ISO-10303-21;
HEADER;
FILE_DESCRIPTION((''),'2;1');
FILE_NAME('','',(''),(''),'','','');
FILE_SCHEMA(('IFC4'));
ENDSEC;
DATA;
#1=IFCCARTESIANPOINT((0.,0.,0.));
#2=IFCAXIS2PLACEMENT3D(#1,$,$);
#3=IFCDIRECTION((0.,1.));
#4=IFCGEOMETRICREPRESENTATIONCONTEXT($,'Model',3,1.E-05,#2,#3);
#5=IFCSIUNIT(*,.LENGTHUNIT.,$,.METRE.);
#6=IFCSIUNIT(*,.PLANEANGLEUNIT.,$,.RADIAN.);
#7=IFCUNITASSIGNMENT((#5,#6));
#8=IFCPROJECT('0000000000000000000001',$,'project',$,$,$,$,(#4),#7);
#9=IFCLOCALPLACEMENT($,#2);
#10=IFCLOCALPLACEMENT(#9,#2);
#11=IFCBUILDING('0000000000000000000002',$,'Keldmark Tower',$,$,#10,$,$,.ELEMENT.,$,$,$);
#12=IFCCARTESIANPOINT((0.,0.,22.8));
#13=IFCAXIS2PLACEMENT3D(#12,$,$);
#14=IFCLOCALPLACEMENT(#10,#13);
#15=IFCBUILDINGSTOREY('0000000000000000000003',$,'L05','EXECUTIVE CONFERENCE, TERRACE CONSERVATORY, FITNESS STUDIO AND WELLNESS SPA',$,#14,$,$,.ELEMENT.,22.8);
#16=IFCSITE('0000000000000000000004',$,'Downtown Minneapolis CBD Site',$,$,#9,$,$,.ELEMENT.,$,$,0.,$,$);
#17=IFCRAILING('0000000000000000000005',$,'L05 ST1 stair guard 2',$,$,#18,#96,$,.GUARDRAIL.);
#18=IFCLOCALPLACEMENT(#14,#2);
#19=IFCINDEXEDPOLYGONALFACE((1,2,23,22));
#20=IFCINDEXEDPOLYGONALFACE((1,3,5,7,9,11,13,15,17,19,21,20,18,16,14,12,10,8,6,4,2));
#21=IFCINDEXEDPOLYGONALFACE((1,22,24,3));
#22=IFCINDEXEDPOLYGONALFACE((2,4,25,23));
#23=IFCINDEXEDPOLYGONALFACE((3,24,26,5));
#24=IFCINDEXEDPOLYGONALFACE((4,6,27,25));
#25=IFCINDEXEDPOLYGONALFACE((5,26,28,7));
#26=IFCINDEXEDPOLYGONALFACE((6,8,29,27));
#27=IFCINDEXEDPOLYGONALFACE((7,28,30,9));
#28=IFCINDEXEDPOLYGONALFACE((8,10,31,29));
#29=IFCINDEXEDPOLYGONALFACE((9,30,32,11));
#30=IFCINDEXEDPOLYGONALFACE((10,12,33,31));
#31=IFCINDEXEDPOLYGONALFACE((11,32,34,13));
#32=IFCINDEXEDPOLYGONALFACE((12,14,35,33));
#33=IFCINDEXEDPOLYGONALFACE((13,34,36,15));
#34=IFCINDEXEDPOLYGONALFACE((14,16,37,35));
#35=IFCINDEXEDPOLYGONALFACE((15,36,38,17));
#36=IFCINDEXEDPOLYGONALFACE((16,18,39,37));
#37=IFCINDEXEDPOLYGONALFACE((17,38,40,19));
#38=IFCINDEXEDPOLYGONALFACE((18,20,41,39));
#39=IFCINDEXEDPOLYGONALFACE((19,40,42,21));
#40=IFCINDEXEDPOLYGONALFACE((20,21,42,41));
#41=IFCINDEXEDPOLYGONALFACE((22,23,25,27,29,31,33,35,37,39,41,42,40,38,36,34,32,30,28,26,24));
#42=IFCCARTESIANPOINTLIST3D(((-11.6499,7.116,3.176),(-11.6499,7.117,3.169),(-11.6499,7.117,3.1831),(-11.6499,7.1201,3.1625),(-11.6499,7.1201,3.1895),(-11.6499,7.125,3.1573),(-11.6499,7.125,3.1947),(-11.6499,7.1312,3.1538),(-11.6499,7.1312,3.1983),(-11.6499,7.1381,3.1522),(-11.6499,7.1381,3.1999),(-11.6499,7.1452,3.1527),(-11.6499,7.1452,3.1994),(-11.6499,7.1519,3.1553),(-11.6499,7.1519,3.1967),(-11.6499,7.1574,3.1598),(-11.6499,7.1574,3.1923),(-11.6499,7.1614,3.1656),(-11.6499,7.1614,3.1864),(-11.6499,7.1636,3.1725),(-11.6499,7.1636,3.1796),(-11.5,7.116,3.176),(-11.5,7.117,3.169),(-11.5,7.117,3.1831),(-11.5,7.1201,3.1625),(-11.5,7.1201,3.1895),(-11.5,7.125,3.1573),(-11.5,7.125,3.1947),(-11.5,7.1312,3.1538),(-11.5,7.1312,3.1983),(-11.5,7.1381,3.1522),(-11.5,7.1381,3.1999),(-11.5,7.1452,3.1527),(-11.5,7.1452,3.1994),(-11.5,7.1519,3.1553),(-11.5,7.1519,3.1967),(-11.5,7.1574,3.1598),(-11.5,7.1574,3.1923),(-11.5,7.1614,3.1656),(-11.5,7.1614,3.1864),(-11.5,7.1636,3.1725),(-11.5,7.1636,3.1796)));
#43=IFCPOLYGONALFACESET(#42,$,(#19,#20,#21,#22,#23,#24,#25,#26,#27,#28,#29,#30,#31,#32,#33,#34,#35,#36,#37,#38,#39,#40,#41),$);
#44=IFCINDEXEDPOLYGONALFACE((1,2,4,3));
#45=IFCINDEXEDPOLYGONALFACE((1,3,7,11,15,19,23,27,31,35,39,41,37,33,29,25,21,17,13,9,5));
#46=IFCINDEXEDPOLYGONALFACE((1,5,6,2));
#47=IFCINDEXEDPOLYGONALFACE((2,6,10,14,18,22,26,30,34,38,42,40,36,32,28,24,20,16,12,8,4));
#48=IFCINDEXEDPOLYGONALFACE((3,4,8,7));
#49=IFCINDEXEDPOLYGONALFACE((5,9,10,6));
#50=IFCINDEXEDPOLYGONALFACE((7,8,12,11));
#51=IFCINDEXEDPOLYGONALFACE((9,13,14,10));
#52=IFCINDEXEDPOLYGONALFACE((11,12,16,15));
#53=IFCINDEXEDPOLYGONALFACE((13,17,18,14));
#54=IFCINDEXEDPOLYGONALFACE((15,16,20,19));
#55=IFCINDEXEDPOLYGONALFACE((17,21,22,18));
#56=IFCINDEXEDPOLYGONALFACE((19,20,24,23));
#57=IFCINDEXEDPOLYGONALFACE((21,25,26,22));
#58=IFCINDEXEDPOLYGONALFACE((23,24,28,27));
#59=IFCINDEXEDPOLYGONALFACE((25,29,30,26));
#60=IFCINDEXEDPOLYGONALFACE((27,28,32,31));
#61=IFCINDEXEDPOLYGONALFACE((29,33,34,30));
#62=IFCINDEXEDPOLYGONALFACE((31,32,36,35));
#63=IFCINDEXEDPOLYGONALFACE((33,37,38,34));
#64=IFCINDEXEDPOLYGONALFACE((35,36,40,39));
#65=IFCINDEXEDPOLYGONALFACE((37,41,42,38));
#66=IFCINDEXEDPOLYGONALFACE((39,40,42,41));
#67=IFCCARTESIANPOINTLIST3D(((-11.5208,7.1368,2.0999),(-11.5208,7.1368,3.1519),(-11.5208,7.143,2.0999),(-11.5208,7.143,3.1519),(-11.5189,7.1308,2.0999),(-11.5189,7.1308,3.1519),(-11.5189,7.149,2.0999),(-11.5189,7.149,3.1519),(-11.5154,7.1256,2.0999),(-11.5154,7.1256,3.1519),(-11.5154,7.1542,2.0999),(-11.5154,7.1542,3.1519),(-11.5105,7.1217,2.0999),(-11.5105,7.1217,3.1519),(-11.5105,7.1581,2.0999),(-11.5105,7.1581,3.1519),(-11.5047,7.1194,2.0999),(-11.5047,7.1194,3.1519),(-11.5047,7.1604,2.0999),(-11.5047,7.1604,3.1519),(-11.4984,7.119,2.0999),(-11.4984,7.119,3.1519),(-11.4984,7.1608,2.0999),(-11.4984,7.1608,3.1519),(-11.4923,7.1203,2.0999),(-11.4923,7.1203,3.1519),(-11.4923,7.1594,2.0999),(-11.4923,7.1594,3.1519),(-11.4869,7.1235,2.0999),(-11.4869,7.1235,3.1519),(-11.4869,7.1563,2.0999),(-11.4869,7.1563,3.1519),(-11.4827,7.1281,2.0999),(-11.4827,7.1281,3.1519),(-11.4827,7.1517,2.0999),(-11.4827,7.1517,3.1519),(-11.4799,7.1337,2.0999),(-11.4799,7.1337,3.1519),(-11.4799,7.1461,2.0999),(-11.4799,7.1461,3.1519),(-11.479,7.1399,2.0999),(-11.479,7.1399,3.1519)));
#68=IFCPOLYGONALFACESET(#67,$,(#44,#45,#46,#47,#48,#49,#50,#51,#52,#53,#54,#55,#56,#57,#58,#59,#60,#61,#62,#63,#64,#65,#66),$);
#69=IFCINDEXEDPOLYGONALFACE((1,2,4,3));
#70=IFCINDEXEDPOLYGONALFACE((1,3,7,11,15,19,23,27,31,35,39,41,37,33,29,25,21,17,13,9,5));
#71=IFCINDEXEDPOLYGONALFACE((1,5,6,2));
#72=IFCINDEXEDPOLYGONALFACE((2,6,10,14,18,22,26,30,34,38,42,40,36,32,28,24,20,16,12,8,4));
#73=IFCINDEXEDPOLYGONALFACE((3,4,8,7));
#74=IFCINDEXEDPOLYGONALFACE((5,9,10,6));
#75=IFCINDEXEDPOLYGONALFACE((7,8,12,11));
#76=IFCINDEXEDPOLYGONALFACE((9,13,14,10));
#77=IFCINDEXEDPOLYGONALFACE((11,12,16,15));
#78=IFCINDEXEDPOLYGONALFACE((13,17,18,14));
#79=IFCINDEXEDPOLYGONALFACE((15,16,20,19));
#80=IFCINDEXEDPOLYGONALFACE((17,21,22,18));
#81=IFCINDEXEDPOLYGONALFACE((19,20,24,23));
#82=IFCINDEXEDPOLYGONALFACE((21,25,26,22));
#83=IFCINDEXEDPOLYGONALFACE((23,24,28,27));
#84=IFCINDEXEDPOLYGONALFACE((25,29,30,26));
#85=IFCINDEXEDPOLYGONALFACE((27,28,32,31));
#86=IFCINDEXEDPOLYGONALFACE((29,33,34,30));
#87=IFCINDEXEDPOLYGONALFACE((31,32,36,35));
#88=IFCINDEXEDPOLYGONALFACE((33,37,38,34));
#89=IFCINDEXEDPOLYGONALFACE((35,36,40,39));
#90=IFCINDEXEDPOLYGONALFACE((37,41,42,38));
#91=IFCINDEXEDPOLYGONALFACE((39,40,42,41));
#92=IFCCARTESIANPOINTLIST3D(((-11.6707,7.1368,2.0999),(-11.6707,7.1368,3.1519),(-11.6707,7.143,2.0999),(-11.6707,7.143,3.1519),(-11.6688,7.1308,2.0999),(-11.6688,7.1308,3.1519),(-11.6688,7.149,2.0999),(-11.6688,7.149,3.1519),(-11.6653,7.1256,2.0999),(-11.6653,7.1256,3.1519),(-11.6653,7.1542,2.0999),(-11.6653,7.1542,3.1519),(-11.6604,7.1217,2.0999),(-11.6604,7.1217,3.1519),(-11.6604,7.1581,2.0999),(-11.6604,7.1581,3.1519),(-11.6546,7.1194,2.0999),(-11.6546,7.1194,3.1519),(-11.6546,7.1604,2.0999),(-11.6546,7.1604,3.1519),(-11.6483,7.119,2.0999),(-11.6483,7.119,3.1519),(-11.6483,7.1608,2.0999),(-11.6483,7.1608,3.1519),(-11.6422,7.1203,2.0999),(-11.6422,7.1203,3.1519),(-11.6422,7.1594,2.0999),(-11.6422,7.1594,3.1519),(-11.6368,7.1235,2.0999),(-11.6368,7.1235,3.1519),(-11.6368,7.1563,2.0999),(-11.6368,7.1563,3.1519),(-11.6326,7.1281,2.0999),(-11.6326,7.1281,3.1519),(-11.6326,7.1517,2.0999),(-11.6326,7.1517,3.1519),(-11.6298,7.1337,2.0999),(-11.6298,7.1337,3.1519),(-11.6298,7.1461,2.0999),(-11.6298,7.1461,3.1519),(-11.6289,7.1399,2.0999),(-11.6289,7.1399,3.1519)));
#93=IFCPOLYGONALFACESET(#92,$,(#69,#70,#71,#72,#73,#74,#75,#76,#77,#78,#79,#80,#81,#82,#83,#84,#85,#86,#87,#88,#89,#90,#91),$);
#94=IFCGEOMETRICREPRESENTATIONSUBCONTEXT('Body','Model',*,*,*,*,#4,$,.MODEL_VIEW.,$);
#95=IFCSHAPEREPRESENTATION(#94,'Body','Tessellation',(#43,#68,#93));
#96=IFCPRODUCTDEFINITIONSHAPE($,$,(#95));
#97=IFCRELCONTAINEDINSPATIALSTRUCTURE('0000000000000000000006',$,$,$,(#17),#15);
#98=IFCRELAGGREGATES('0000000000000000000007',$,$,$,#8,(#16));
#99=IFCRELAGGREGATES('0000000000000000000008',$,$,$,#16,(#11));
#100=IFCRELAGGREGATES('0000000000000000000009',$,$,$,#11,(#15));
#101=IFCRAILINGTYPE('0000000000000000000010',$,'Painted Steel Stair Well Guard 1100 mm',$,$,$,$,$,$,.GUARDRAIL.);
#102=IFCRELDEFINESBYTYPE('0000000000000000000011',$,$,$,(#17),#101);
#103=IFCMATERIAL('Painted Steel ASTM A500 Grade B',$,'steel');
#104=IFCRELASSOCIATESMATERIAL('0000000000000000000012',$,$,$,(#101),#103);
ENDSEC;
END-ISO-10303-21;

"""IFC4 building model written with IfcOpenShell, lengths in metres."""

from ifc_helpers import new_model, si_unit, direction, frame, origin, origin_2d, place, context, subcontext, project, spatial, circle, extrude, material, type_object, element, save


model = new_model("IFC4")

# Units and contexts
model_context = context("Model", 3, precision=1e-05, world=origin(), true_north=direction((0.0, 1.0)))
body_context = subcontext(model_context, "Body", "Model", "MODEL_VIEW")
ifc_project = project(units=[si_unit("LENGTHUNIT", "METRE"), si_unit("PLANEANGLEUNIT", "RADIAN")], contexts=[model_context])

# Site, building, storey
site_placement = place(None, origin())
site = spatial("IfcSite", under=ifc_project, at=site_placement, Name="Downtown Minneapolis CBD Site", CompositionType="ELEMENT", RefElevation=0.0)
building_placement = place(site_placement, origin())
building = spatial("IfcBuilding", under=site, at=building_placement, Name="Keldmark Tower", CompositionType="ELEMENT")
storey_placement = place(building_placement, frame((0.0, 0.0, 22.8)))
storey = spatial("IfcBuildingStorey", under=building, at=storey_placement, Name="L05", Description="EXECUTIVE CONFERENCE, TERRACE CONSERVATORY, FITNESS STUDIO AND WELLNESS SPA", CompositionType="ELEMENT", Elevation=22.8)

# Railing
ifc_material_1 = material(Name="Painted Steel ASTM A500 Grade B", Category="steel")
railing_type_1 = type_object("IfcRailingType", Name="Painted Steel Stair Well Guard 1100 mm", PredefinedType="GUARDRAIL", material=ifc_material_1)
railing_1_placement = place(storey_placement, frame((-11.5, 7.1399, 2.0999)))
element("IfcRailing", 1, at=railing_1_placement, inside=storey, type_object=railing_type_1, Name="L05 ST1 stair guard 2", PredefinedType="GUARDRAIL", context=body_context, shape_type="SweptSolid", body=[
    extrude(circle(Radius=0.0239, at=origin_2d()), frame((0.0, 0.0, 1.0762), z_axis=(-1.0, 0.0, 0.0), x_axis=(0.0, -1.0, 0.0)), (0.0, 0.0, 1.0), 0.1499),
    extrude(circle(Radius=0.021, at=origin_2d()), origin(), (0.0, 0.0, 1.0), 1.052),
    extrude(circle(Radius=0.021, at=origin_2d()), frame((-0.1499, 0.0, 0.0)), (0.0, 0.0, 1.0), 1.052),
])

save(model, "model.ifc")
